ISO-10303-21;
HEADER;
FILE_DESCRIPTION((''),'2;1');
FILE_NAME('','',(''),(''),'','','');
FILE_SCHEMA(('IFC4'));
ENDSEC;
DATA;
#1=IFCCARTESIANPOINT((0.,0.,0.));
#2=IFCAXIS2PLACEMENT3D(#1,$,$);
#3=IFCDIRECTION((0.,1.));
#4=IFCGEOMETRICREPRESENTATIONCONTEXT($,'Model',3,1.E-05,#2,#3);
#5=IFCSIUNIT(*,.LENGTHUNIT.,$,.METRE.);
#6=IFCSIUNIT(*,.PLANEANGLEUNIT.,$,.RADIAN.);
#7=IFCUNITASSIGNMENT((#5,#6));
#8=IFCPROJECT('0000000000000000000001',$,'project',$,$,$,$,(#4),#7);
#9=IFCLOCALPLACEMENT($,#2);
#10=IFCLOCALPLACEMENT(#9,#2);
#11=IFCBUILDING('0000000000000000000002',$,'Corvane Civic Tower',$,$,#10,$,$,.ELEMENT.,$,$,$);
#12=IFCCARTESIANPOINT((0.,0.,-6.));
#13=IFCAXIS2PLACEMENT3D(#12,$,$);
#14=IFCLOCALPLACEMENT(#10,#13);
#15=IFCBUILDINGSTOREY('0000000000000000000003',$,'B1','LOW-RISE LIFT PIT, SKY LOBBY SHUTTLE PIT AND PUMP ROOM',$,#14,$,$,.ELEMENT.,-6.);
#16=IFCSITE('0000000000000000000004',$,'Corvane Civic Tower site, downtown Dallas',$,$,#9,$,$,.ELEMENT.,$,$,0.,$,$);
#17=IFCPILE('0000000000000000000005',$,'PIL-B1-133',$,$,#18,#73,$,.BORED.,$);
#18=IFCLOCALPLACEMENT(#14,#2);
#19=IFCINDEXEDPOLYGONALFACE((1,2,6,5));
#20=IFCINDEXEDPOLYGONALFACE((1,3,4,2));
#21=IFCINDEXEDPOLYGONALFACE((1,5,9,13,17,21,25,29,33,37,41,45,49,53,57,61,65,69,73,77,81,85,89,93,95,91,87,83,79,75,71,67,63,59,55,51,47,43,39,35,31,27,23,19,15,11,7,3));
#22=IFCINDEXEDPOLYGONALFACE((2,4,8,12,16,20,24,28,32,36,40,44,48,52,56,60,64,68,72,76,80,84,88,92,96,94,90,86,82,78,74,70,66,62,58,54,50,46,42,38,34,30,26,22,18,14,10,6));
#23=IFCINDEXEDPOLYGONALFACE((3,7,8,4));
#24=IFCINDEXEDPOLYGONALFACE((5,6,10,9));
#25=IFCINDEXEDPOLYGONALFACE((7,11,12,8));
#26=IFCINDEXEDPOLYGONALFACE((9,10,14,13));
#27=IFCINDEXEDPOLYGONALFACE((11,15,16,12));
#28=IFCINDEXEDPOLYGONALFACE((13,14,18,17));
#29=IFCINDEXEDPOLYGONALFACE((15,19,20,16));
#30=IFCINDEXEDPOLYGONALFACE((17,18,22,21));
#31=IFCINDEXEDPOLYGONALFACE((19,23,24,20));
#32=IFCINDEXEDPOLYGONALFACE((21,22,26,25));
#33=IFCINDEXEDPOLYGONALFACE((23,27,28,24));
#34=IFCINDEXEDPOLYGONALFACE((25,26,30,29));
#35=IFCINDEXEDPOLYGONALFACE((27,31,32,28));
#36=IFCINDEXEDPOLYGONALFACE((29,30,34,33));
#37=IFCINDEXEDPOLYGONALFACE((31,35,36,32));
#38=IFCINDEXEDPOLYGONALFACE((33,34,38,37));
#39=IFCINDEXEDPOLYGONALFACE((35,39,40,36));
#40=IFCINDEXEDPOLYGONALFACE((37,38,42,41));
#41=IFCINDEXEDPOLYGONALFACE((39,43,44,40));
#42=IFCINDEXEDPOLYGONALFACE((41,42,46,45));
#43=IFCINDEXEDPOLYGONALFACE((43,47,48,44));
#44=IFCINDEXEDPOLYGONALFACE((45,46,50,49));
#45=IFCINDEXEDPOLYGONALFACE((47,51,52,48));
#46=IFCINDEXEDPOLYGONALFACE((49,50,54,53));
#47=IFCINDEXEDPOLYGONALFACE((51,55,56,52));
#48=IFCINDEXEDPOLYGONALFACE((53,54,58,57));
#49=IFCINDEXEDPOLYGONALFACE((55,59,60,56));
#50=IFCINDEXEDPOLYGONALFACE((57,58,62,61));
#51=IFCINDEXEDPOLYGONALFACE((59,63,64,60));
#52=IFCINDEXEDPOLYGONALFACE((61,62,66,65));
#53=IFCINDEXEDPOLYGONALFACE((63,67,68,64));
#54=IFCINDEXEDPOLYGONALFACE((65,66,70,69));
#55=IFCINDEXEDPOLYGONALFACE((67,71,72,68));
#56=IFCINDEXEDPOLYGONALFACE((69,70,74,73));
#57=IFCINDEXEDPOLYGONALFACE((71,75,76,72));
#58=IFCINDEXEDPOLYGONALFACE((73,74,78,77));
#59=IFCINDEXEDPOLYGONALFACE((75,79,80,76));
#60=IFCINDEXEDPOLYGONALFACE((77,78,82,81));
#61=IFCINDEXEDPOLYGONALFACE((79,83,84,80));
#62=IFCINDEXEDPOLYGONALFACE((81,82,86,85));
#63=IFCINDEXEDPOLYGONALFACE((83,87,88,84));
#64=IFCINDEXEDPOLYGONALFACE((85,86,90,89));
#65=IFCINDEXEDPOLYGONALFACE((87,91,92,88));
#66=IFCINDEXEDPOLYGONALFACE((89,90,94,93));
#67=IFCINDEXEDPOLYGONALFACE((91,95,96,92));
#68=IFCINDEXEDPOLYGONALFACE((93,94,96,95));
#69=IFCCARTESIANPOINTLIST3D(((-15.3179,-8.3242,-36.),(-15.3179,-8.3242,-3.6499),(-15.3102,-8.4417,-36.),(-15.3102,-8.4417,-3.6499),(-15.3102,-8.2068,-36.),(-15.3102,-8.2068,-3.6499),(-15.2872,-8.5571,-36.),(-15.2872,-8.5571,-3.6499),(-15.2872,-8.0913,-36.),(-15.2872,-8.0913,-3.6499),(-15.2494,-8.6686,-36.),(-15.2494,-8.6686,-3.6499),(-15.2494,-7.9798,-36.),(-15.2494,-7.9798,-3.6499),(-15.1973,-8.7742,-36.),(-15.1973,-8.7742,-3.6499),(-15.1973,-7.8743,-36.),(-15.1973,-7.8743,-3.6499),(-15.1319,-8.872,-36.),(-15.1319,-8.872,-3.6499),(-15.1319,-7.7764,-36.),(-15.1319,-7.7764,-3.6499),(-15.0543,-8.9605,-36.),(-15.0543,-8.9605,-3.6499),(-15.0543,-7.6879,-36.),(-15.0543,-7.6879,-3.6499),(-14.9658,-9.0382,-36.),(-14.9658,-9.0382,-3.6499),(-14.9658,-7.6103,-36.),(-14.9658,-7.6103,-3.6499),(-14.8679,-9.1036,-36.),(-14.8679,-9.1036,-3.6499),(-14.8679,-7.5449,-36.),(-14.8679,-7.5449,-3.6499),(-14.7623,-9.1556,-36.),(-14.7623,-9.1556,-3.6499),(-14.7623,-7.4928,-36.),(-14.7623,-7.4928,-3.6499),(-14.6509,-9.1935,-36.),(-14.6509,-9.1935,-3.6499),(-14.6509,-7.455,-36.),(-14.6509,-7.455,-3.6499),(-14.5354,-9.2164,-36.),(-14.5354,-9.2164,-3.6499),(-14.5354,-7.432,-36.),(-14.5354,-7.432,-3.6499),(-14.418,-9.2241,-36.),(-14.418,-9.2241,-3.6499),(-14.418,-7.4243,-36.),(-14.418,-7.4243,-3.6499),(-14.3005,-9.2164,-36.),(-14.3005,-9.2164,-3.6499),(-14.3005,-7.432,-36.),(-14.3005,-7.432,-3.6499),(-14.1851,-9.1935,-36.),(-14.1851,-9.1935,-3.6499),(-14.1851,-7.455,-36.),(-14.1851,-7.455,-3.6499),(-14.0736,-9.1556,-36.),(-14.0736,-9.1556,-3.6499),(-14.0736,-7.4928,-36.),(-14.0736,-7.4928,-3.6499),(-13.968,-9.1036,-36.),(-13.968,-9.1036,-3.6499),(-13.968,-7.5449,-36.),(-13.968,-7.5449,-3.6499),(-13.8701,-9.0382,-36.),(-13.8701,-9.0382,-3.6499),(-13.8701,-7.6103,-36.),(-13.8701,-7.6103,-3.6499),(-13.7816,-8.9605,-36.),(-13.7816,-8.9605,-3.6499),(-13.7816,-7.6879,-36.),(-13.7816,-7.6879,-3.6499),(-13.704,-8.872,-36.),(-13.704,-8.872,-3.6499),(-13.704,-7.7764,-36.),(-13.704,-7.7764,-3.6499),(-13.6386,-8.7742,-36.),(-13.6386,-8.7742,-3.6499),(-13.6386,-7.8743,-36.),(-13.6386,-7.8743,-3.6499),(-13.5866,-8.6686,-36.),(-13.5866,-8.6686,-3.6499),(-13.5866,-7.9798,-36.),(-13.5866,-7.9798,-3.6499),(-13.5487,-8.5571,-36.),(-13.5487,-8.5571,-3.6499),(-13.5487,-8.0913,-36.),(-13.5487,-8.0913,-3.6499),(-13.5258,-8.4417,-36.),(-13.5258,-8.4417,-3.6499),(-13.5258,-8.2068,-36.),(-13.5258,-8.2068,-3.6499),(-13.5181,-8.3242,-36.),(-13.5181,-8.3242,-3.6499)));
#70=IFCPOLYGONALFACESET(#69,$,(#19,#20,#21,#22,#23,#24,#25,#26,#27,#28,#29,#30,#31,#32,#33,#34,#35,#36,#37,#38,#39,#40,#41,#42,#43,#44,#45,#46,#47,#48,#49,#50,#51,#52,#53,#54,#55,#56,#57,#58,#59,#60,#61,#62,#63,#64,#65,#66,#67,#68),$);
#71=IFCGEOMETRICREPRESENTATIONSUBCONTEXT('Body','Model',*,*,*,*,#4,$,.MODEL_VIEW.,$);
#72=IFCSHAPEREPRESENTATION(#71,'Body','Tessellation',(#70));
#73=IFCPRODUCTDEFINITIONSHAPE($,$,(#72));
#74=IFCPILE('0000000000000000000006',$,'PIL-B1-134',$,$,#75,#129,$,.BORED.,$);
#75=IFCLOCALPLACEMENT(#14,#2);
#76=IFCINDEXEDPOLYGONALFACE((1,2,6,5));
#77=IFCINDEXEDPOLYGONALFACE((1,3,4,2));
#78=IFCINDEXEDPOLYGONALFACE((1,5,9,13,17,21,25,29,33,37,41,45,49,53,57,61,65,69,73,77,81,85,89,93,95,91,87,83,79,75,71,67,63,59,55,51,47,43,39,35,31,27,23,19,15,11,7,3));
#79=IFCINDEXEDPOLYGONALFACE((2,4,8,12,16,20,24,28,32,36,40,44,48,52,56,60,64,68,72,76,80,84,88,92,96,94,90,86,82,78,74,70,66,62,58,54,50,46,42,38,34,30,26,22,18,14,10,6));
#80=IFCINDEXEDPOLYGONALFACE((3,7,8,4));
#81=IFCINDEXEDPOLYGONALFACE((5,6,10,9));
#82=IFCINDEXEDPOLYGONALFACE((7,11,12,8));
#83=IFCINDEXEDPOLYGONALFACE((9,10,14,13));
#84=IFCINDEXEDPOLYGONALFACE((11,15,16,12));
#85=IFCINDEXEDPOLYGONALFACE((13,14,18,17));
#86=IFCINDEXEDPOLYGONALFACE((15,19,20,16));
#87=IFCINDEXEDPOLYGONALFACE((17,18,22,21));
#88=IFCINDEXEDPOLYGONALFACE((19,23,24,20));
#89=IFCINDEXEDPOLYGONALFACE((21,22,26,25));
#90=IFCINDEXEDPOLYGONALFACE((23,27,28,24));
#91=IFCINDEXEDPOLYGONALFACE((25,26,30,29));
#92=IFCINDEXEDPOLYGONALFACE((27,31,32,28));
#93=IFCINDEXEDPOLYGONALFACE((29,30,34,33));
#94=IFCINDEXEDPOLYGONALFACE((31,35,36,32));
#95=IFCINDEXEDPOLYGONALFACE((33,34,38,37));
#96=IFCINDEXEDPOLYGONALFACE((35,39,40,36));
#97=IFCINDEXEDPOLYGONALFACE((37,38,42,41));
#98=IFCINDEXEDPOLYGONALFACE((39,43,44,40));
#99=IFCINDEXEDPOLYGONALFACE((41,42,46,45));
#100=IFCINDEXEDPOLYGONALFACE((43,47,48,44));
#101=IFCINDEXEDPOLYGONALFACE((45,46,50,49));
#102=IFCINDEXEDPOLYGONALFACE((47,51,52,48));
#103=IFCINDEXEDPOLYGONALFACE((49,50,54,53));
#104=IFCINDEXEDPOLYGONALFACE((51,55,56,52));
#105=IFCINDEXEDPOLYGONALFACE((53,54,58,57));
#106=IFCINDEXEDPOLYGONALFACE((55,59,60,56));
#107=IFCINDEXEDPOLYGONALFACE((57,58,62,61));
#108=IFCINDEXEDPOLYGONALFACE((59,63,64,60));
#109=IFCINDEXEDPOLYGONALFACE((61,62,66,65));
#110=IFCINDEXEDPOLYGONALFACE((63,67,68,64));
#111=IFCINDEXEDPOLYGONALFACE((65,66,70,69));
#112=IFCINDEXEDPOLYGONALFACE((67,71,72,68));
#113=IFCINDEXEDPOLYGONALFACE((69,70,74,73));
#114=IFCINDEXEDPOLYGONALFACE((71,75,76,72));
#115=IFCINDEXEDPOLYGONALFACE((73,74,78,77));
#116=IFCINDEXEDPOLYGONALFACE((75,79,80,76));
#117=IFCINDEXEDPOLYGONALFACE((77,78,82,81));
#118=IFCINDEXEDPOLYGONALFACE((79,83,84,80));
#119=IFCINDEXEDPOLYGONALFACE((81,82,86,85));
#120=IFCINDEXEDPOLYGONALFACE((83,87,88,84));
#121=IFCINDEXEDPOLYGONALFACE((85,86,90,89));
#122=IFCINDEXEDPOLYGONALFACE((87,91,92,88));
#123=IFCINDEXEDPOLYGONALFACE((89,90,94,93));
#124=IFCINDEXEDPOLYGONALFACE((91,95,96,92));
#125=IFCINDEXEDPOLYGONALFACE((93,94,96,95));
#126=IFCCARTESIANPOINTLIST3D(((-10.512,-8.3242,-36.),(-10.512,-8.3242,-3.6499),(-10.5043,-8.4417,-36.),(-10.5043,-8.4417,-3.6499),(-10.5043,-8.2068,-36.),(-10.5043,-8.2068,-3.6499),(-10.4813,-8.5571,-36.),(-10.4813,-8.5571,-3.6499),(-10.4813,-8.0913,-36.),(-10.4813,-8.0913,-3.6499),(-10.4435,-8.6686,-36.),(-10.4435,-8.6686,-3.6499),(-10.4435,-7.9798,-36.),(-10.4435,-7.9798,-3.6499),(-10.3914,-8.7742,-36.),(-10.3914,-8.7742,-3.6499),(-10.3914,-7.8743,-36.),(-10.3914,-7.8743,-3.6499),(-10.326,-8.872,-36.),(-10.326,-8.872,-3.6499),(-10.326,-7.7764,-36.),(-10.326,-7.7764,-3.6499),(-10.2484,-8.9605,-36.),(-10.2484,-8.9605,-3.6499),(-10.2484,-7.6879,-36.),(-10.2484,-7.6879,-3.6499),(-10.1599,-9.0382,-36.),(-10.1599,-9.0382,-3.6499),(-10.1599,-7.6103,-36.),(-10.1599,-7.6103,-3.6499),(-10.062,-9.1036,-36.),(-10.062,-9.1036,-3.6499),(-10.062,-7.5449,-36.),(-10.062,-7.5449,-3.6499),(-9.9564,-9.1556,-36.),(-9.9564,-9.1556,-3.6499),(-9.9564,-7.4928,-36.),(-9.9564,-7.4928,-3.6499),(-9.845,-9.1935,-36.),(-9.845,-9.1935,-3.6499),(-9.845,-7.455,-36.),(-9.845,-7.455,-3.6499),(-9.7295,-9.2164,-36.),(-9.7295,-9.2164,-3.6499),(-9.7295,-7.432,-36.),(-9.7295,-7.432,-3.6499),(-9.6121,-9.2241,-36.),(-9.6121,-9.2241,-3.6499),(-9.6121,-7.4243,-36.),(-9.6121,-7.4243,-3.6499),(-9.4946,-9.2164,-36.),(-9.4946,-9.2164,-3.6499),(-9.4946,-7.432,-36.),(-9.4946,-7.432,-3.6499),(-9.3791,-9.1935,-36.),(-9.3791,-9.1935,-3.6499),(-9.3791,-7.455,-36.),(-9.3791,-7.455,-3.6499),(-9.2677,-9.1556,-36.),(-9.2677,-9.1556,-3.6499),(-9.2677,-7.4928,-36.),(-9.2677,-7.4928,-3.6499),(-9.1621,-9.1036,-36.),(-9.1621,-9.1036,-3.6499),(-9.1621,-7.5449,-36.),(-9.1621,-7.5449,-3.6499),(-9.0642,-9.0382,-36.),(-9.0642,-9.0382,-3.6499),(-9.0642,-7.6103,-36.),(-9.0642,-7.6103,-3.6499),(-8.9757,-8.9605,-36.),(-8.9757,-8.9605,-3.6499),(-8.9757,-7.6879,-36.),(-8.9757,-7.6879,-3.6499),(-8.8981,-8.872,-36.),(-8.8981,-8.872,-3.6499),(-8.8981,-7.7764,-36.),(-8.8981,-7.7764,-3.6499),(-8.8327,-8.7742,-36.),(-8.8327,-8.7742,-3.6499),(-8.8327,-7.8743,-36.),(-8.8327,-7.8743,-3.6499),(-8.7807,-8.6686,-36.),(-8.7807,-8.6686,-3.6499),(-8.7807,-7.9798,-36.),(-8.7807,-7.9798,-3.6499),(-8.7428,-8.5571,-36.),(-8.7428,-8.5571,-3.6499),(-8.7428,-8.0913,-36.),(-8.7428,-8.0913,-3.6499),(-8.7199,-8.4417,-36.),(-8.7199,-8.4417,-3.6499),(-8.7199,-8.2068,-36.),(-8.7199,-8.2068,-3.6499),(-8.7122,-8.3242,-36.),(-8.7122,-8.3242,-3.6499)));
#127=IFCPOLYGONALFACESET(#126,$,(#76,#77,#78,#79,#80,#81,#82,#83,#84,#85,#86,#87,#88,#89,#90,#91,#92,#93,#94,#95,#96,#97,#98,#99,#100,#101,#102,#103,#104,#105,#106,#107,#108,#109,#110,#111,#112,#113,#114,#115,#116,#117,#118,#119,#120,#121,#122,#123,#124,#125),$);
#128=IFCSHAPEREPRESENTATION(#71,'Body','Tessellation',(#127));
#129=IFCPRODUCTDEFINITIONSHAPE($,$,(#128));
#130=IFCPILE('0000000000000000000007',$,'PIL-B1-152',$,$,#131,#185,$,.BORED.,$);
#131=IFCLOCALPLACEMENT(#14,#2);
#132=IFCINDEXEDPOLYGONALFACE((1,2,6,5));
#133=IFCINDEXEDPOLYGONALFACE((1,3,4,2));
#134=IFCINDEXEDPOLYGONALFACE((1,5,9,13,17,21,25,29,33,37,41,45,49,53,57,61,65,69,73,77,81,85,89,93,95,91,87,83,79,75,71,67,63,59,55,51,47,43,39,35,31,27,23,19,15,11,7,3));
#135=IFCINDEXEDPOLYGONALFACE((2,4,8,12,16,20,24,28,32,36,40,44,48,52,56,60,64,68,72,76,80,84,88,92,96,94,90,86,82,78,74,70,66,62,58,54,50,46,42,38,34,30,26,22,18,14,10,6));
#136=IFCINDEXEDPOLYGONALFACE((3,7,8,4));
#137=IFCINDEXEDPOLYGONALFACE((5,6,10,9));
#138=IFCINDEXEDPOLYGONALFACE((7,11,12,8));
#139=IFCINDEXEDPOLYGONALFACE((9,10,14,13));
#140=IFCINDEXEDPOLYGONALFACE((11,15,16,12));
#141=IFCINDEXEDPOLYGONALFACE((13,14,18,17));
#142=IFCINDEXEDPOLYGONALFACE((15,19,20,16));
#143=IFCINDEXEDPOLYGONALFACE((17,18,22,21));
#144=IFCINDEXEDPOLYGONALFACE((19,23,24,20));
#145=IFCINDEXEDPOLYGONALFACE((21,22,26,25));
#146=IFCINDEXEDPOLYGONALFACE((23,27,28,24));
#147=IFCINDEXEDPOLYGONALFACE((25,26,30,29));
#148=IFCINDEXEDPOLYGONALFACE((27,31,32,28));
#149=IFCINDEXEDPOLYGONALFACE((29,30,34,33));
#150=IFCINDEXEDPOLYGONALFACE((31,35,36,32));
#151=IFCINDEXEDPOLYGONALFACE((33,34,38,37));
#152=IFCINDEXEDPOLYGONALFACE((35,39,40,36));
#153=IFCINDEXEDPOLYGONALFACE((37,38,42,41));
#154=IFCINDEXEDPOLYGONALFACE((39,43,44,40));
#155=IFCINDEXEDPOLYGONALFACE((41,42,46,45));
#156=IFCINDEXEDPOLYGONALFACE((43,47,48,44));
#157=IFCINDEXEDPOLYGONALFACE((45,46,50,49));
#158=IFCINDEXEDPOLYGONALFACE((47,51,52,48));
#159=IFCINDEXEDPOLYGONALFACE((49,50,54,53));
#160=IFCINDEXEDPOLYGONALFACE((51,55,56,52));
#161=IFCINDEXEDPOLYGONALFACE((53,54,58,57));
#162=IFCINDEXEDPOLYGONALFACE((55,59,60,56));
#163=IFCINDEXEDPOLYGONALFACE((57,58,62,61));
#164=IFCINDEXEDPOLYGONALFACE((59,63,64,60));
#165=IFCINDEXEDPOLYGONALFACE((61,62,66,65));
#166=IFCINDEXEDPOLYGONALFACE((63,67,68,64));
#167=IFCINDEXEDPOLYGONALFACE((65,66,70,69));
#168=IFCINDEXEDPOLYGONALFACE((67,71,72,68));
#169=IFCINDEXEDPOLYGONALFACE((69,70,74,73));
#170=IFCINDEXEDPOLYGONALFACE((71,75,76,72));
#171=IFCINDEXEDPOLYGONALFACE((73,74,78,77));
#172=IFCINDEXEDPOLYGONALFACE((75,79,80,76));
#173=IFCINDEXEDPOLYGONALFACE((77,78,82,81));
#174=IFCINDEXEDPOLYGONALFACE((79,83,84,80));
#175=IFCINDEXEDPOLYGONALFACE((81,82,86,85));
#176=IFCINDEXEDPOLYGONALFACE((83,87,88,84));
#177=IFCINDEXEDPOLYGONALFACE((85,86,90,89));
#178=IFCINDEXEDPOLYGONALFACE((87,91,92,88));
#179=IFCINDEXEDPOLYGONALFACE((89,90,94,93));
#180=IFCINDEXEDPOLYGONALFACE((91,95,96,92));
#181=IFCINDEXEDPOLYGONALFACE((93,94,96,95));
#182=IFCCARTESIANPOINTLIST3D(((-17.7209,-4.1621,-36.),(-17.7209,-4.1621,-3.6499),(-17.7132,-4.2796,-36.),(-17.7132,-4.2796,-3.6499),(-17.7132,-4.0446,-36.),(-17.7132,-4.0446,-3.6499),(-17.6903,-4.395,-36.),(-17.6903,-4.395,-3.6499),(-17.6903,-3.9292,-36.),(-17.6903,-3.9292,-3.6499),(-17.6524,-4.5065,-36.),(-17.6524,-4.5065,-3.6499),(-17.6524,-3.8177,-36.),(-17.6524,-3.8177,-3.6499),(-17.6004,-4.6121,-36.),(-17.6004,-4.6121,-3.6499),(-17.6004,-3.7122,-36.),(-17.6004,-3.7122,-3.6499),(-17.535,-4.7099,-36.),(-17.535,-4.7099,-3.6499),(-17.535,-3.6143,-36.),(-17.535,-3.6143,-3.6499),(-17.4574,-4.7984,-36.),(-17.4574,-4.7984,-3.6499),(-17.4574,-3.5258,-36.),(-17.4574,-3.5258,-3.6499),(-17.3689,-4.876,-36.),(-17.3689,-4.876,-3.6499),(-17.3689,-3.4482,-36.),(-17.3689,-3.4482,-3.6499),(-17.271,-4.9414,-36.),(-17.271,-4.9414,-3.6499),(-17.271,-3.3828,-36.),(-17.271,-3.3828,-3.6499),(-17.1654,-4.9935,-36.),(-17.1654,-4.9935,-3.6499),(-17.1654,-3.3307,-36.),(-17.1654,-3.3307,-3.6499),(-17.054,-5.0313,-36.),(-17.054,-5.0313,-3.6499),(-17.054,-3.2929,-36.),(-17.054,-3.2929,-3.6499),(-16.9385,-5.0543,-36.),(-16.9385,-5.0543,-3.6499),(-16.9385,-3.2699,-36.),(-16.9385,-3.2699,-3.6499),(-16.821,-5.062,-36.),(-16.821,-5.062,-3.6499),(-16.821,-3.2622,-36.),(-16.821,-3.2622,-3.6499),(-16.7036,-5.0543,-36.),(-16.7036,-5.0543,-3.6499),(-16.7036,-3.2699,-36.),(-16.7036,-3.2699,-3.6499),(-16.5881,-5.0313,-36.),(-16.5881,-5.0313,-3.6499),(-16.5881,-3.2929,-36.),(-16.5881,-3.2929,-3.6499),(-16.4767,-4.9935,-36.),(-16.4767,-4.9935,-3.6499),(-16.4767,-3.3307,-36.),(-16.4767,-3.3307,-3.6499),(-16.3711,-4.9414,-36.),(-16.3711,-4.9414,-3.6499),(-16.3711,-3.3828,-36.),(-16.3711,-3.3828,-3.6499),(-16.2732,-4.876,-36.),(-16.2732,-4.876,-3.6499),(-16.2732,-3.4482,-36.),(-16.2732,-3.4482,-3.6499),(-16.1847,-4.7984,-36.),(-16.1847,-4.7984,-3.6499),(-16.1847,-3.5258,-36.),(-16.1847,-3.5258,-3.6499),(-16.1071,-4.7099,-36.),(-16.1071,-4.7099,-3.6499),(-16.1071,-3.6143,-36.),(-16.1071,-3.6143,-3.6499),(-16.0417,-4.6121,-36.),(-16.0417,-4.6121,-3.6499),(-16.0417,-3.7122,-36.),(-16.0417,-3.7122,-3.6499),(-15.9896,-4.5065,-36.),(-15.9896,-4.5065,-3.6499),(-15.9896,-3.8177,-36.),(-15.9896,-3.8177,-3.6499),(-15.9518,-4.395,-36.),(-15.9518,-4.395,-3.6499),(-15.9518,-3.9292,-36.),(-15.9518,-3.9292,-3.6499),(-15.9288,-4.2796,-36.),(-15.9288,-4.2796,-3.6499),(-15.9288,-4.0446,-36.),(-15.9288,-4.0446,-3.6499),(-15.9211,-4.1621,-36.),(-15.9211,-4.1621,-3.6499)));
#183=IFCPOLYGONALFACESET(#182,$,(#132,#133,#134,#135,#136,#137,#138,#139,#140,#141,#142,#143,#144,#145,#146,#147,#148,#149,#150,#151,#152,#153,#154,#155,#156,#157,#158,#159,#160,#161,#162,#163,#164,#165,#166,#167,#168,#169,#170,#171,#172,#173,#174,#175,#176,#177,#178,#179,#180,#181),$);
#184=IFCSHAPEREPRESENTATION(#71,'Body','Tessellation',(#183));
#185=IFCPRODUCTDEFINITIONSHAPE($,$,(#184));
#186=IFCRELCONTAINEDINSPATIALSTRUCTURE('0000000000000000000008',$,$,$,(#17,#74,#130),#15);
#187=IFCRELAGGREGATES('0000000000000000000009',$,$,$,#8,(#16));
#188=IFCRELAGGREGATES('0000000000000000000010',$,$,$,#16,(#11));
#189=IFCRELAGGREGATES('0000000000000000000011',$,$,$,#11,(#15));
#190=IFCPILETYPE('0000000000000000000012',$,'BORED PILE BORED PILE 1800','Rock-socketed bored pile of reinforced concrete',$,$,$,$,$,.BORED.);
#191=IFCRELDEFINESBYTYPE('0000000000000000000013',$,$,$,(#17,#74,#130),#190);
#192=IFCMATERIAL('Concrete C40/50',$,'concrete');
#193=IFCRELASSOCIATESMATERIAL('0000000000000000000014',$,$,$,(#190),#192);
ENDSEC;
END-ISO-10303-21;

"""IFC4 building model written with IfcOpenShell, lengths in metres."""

from ifc_helpers import new_model, si_unit, direction, frame, origin, origin_2d, place, context, subcontext, project, spatial, circle, extrude, material, material_profile, profile_set, type_object, element, save


model = new_model("IFC4")

# Units and contexts
model_context = context("Model", 3, precision=1e-05, world=origin(), true_north=direction((0.0, 1.0)))
body_context = subcontext(model_context, "Body", "Model", "MODEL_VIEW")
ifc_project = project(units=[si_unit("LENGTHUNIT", "METRE"), si_unit("PLANEANGLEUNIT", "RADIAN")], contexts=[model_context])

# Site, building, storey
site_placement = place(None, origin())
site = spatial("IfcSite", under=ifc_project, at=site_placement, Name="Corvane Civic Tower site, downtown Dallas", CompositionType="ELEMENT", RefElevation=0.0)
building_placement = place(site_placement, origin())
building = spatial("IfcBuilding", under=site, at=building_placement, Name="Corvane Civic Tower", CompositionType="ELEMENT")
storey_placement = place(building_placement, frame((0.0, 0.0, -6.0)))
storey = spatial("IfcBuildingStorey", under=building, at=storey_placement, Name="B1", Description="LOW-RISE LIFT PIT, SKY LOBBY SHUTTLE PIT AND PUMP ROOM", CompositionType="ELEMENT", Elevation=-6.0)

# Piles
ifc_material_1 = material(Name="Concrete C40/50", Category="concrete")
ifc_material_profile_1 = material_profile(ifc_material_1, circle(Radius=0.8999, at=origin_2d()), Name="BORED PILE 1800")
ifc_profile_set_1 = profile_set([ifc_material_profile_1], Name="Concrete C40/50")
pile_type = type_object("IfcPileType", Name="BORED PILE BORED PILE 1800", Description="Rock-socketed bored pile of reinforced concrete", PredefinedType="BORED", material=ifc_profile_set_1)
for number, where, z_axis, x_axis, name in (
    (1, (-14.418, -8.3242, -3.6499), (0.0, 0.0, -1.0), (1.0, 0.0, 0.0), "PIL-B1-133"),
    (2, (-9.6121, -8.3242, -3.6499), (0.0, 0.0, -1.0), (1.0, 0.0, 0.0), "PIL-B1-134"),
    (3, (-16.821, -4.1621, -3.6499), (0.0, 0.0, -1.0), (1.0, 0.0, 0.0), "PIL-B1-152"),
):
    element("IfcPile", number, at=place(storey_placement, frame(where, z_axis=z_axis, x_axis=x_axis)), inside=storey, type_object=pile_type, Name=name, PredefinedType="BORED", context=body_context, shape_type="SweptSolid", body=[
        extrude(circle(Radius=0.8999, at=origin_2d()), origin(), (0.0, 0.0, 1.0), 32.3501),
    ])

save(model, "model.ifc")
